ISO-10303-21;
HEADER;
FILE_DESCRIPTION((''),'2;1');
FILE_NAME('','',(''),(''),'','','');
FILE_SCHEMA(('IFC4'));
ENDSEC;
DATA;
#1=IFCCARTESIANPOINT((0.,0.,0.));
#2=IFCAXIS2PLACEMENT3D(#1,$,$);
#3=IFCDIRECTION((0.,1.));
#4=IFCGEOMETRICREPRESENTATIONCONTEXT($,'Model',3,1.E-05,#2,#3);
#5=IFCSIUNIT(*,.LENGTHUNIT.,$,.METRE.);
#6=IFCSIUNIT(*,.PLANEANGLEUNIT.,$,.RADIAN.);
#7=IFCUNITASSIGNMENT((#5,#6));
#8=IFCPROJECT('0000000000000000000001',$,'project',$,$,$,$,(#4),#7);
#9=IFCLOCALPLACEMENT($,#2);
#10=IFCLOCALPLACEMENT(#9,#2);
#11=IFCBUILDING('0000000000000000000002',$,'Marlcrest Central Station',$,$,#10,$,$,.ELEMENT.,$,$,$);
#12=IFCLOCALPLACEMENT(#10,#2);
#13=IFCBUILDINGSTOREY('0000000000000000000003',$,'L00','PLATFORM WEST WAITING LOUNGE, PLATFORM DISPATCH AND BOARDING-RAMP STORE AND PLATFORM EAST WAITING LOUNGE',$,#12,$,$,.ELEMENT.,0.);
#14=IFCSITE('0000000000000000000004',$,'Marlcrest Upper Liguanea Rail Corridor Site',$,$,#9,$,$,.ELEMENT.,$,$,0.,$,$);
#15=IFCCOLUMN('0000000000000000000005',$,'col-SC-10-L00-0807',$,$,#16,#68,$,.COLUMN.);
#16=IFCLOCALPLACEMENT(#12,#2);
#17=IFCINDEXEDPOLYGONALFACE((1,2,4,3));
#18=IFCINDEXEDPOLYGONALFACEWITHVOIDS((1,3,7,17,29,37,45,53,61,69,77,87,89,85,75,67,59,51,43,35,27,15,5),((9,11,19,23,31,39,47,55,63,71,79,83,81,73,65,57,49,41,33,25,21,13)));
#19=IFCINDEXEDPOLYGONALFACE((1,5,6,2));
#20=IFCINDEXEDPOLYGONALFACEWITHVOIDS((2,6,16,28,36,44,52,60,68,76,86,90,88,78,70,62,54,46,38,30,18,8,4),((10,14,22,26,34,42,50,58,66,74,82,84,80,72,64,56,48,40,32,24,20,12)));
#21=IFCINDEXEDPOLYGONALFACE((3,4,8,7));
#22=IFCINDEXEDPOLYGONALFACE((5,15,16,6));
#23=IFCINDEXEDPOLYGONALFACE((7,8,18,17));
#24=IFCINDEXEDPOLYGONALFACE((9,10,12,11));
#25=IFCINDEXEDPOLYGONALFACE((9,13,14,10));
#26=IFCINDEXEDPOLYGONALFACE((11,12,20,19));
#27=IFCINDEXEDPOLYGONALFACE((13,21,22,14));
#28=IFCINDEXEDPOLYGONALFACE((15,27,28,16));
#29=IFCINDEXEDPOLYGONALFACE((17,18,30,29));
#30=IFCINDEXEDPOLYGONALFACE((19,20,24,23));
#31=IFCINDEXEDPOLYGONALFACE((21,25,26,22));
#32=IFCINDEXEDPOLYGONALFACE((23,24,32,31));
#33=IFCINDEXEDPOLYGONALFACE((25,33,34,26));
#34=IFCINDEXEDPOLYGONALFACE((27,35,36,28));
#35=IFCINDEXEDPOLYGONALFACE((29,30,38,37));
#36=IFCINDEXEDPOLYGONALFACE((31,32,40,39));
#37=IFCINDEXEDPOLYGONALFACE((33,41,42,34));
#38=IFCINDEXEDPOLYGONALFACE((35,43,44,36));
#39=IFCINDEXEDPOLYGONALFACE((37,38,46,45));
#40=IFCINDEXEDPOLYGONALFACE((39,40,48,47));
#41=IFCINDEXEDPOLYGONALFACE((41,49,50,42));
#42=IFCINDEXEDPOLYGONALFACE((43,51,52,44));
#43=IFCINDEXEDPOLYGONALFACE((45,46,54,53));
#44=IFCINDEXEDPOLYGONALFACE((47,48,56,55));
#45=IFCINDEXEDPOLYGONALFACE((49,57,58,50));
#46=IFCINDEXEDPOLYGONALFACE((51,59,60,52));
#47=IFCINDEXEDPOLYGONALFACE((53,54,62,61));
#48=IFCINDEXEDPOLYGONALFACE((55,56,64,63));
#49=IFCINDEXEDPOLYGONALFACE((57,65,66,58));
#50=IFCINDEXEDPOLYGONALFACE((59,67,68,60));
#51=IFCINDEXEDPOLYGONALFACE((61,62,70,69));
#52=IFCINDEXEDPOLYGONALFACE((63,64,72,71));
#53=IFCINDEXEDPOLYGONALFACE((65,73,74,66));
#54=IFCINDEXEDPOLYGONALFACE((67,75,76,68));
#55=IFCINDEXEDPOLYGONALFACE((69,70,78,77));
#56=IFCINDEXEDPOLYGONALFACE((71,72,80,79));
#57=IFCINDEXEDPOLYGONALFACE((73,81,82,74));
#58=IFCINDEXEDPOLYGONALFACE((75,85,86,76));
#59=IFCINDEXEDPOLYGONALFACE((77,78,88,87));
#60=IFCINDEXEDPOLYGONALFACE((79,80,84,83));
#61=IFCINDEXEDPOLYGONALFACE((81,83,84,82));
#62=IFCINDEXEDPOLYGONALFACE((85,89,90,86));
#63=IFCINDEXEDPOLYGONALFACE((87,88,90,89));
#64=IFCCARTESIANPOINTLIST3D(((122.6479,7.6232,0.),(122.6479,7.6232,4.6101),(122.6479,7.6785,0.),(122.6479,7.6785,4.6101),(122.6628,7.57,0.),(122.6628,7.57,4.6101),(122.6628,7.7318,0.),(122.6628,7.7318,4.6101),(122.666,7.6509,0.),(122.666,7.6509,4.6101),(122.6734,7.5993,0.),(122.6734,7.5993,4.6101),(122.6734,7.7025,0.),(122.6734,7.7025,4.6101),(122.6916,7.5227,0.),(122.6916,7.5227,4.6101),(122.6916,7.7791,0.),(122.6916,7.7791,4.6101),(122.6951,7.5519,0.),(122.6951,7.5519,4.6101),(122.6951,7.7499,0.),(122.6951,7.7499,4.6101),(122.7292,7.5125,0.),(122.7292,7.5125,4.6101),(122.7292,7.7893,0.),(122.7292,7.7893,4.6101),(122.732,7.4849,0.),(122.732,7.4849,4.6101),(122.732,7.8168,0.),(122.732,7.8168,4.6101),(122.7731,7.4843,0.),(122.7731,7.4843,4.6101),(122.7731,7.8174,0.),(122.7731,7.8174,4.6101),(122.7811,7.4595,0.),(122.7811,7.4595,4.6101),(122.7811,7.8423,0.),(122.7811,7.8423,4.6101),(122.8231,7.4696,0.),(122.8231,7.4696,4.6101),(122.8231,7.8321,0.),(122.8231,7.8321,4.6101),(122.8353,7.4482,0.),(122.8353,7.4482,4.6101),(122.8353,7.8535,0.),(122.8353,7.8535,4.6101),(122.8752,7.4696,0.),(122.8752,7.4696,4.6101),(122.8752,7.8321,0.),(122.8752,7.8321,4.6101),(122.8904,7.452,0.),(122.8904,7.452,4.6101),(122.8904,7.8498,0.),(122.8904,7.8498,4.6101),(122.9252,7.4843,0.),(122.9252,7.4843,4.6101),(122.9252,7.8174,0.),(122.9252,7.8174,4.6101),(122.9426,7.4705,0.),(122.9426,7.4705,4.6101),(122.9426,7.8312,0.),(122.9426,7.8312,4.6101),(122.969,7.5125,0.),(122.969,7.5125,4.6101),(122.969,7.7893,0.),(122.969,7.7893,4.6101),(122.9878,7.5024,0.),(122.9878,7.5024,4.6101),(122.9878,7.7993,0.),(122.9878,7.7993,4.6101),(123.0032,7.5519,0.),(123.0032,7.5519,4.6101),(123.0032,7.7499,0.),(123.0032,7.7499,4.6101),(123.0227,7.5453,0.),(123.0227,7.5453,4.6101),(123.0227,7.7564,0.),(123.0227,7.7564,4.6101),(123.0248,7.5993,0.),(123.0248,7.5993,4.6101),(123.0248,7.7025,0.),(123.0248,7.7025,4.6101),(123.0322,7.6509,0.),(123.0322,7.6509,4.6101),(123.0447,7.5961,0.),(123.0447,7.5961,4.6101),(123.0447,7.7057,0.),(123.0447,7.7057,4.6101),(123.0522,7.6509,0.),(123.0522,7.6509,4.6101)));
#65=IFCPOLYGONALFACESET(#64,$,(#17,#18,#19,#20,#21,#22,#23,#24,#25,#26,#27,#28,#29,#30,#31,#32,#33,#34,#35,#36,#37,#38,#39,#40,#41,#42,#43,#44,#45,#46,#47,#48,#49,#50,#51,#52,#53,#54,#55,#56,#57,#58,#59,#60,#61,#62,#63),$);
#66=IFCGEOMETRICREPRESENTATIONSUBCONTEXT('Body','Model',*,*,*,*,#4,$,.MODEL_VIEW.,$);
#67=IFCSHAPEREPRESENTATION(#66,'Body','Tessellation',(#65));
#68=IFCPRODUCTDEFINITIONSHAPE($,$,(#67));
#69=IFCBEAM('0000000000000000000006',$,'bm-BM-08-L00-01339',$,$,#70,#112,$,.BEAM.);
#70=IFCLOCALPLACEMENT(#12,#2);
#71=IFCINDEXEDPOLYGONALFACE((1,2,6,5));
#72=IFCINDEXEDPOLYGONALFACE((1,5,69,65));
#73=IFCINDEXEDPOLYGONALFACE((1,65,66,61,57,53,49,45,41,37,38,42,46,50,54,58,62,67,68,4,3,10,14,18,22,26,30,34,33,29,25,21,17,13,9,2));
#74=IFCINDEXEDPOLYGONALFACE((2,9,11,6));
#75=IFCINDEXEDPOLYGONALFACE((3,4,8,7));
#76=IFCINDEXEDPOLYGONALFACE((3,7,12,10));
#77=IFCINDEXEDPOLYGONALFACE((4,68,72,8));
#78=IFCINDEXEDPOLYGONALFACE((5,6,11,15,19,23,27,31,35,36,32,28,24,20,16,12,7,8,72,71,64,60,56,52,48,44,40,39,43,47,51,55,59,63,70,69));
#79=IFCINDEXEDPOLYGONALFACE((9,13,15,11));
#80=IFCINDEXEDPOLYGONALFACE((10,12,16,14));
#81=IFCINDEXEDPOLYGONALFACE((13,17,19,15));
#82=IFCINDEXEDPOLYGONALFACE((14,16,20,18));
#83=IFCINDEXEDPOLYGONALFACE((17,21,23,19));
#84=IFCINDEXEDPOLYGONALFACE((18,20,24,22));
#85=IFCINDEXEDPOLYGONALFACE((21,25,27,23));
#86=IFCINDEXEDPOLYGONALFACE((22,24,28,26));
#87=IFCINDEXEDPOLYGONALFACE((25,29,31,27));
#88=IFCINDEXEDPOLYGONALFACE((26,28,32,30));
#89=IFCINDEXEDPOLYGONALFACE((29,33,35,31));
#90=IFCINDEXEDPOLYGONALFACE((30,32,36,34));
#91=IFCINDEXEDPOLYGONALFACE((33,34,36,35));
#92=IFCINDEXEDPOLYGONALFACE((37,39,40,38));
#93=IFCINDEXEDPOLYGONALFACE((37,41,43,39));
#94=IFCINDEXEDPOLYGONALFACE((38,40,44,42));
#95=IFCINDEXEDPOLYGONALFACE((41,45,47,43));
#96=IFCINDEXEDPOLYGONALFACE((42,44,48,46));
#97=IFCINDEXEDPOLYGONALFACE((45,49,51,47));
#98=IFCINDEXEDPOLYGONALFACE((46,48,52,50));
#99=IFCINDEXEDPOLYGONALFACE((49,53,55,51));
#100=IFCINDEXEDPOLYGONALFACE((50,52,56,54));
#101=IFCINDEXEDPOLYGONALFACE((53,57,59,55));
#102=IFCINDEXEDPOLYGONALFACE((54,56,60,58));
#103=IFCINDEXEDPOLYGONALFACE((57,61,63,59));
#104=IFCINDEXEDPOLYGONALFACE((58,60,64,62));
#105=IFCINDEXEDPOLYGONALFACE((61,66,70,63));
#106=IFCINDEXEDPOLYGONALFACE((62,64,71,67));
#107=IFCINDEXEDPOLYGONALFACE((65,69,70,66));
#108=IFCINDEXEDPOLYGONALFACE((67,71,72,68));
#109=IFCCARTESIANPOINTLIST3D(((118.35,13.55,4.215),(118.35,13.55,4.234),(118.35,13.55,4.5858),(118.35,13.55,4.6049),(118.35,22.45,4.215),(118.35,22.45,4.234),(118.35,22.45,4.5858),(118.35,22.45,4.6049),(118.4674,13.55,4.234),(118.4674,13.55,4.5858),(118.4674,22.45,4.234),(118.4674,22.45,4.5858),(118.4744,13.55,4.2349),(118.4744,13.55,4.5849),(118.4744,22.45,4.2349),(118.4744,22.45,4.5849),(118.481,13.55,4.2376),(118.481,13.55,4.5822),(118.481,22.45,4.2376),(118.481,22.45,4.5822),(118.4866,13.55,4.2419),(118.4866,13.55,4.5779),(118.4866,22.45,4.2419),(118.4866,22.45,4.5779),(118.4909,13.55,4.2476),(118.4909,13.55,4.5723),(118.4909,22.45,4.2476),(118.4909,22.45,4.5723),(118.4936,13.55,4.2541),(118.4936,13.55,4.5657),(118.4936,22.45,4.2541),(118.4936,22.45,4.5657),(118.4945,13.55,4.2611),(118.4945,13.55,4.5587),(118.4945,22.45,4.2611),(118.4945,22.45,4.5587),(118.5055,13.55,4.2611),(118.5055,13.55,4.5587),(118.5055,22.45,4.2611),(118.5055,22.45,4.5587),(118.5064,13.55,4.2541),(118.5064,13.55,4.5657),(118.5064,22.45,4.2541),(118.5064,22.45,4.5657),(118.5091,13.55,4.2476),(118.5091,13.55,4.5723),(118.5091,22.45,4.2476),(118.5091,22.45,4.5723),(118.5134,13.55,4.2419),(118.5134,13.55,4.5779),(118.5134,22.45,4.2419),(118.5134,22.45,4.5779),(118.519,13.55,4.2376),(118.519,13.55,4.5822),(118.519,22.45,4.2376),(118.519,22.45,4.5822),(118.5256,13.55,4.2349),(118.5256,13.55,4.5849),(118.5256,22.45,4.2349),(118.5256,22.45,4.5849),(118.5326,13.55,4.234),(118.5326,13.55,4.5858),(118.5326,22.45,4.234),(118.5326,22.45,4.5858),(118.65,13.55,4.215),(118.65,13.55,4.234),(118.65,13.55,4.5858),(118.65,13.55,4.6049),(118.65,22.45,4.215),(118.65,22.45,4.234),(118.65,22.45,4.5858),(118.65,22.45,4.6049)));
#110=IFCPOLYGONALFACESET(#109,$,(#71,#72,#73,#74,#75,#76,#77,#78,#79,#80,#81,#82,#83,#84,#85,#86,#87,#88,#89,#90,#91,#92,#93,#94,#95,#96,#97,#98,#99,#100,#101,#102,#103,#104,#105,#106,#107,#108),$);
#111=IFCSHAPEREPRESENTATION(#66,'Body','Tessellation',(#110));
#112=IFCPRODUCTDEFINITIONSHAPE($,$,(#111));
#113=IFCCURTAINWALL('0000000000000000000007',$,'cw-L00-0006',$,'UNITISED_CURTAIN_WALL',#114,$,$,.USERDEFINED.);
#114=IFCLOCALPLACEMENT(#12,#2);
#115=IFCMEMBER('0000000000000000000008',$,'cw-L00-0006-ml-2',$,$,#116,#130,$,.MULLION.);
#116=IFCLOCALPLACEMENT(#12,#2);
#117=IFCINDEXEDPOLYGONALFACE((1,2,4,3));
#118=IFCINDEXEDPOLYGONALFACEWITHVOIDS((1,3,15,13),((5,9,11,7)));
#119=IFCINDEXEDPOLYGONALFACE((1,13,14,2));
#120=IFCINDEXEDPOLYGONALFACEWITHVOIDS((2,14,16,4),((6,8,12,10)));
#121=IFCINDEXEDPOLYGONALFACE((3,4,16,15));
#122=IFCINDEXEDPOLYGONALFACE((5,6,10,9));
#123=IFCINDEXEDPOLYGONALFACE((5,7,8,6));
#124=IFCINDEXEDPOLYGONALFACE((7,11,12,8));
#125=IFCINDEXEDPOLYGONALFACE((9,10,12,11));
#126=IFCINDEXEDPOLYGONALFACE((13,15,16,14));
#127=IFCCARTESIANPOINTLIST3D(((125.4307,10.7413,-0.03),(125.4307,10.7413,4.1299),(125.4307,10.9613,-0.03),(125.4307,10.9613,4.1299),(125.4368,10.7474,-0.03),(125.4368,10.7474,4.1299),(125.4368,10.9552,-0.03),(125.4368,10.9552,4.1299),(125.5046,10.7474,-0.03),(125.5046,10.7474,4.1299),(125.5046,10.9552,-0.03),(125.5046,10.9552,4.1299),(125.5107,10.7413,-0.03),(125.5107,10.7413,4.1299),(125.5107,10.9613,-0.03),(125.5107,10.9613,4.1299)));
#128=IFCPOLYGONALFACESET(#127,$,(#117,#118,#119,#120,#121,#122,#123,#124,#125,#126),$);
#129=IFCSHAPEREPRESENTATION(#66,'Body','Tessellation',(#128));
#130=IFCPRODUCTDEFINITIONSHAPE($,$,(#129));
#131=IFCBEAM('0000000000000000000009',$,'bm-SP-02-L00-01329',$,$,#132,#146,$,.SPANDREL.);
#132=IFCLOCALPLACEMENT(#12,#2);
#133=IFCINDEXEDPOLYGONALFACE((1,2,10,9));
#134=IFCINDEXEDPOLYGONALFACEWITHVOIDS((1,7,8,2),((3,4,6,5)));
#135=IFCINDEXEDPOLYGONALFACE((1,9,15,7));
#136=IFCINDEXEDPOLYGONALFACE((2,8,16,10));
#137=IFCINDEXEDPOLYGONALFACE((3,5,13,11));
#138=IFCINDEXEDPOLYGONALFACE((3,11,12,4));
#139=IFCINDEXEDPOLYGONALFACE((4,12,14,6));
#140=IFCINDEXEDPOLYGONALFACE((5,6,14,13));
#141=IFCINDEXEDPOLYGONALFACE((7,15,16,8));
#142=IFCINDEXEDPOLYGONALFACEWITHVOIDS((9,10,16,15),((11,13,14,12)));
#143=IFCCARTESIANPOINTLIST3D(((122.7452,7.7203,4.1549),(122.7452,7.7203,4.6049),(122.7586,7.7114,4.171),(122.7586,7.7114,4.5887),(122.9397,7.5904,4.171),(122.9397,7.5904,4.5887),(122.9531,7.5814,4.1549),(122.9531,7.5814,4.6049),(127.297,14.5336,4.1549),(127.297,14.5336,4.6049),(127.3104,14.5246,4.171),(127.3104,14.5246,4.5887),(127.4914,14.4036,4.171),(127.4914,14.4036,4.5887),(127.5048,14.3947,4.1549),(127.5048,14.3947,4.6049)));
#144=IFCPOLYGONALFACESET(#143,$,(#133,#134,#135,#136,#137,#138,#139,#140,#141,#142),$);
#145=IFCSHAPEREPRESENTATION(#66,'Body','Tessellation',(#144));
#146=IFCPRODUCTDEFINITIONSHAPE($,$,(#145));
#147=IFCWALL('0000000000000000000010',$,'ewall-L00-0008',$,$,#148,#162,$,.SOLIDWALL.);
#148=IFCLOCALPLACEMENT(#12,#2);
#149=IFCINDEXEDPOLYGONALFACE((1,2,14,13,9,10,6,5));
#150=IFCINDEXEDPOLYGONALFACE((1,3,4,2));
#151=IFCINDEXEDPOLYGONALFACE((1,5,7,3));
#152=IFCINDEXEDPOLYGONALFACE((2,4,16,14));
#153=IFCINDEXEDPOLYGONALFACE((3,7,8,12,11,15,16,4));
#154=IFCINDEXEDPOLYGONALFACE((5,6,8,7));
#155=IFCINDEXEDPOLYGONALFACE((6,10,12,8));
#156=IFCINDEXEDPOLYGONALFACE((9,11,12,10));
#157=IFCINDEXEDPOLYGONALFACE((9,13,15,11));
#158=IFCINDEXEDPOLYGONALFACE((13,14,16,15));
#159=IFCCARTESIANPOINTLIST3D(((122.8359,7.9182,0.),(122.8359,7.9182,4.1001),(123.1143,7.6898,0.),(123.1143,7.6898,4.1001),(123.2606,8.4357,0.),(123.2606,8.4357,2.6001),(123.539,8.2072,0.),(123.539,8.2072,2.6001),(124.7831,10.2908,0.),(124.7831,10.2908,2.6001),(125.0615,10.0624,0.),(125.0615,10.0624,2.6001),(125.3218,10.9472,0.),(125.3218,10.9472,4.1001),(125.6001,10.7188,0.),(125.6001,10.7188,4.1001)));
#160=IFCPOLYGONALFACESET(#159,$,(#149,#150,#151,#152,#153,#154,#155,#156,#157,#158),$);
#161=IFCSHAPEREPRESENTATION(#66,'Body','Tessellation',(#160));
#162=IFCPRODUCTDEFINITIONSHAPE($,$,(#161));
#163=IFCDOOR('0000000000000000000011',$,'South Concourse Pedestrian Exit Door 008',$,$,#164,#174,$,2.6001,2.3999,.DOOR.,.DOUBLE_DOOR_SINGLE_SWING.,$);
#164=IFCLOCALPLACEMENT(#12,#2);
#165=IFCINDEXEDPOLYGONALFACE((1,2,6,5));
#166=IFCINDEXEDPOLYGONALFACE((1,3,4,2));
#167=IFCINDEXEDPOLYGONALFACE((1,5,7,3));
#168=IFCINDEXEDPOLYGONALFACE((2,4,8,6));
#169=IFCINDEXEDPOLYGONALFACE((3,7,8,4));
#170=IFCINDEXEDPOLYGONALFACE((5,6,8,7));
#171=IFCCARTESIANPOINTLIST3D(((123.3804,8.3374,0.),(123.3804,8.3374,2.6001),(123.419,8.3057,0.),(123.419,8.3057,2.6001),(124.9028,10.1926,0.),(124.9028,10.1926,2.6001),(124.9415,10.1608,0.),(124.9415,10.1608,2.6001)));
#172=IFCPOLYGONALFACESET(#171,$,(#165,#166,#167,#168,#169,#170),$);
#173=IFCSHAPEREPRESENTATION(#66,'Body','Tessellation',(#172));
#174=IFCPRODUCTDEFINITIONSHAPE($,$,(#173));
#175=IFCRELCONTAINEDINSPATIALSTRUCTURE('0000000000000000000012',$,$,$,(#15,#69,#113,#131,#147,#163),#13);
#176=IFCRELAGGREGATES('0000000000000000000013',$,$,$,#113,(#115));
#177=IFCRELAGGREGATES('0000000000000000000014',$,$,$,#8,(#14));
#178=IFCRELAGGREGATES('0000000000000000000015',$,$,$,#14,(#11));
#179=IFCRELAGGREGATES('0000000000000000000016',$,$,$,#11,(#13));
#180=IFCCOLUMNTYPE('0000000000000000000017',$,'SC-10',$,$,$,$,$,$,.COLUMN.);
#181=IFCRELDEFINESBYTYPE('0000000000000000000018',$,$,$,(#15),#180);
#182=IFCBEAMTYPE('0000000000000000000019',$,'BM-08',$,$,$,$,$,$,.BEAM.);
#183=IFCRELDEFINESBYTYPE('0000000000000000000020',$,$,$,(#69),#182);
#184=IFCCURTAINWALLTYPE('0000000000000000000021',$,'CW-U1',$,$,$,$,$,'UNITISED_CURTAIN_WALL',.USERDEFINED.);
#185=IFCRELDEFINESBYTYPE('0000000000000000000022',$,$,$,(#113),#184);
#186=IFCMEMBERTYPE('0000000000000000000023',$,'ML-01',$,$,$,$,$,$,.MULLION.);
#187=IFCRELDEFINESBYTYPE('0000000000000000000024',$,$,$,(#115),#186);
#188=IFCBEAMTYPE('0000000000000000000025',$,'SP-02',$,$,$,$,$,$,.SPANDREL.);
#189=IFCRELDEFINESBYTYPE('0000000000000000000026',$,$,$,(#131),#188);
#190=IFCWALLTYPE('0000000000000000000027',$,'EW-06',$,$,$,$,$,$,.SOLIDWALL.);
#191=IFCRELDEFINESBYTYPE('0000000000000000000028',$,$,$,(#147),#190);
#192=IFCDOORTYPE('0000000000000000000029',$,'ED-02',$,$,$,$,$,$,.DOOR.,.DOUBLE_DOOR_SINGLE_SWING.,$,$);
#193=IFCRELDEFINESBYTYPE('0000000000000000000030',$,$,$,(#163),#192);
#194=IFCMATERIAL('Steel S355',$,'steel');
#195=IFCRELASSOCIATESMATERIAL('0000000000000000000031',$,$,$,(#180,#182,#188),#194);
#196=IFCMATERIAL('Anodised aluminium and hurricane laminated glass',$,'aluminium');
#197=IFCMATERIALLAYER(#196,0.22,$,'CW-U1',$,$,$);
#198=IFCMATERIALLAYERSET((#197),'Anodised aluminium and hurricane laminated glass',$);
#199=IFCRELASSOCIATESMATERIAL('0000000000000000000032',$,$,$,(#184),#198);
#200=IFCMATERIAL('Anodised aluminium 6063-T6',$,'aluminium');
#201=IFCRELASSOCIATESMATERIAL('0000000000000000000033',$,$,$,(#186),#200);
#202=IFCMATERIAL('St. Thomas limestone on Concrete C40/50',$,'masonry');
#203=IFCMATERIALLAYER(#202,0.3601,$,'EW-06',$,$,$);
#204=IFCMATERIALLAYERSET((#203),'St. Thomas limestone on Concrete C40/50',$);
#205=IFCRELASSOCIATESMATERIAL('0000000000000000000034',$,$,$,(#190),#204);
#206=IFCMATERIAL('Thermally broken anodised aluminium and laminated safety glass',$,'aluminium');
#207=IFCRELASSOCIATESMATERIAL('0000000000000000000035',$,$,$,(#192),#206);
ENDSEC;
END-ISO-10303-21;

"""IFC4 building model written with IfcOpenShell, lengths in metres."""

from ifc_helpers import new_model, si_unit, direction, frame, frame_2d, origin, origin_2d, place, context, subcontext, project, spatial, rectangle, hollow_rectangle, hollow_circle, i_section, extrude, material, layer, layer_set, material_profile, profile_set, type_object, element, fill, aggregate, save


model = new_model("IFC4")

# Units and contexts
model_context = context("Model", 3, precision=1e-05, world=origin(), true_north=direction((0.0, 1.0)))
body_context = subcontext(model_context, "Body", "Model", "MODEL_VIEW")
ifc_project = project(units=[si_unit("LENGTHUNIT", "METRE"), si_unit("PLANEANGLEUNIT", "RADIAN")], contexts=[model_context])

# Site, building, storey
site_placement = place(None, origin())
site = spatial("IfcSite", under=ifc_project, at=site_placement, Name="Marlcrest Upper Liguanea Rail Corridor Site", CompositionType="ELEMENT", RefElevation=0.0)
building_placement = place(site_placement, origin())
building = spatial("IfcBuilding", under=site, at=building_placement, Name="Marlcrest Central Station", CompositionType="ELEMENT")
storey_placement = place(building_placement, origin())
storey = spatial("IfcBuildingStorey", under=building, at=storey_placement, Name="L00", Description="PLATFORM WEST WAITING LOUNGE, PLATFORM DISPATCH AND BOARDING-RAMP STORE AND PLATFORM EAST WAITING LOUNGE", CompositionType="ELEMENT", Elevation=0.0)

# Column
ifc_material_1 = material(Name="Steel S355", Category="steel")
ifc_material_profile_1 = material_profile(ifc_material_1, hollow_circle(Radius=0.2031, WallThickness=0.02, at=origin_2d()), Name="CHS 406.4x20")
ifc_profile_set_1 = profile_set([ifc_material_profile_1], Name="Steel S355")
column_type_1 = type_object("IfcColumnType", Name="SC-10", PredefinedType="COLUMN", material=ifc_profile_set_1)
column_1_placement = place(storey_placement, frame((122.8491, 7.6509, 0.0), z_axis=(0.0, 0.0, 1.0), x_axis=(1.0, 0.0, 0.0)))
element("IfcColumn", 1, at=column_1_placement, inside=storey, type_object=column_type_1, Name="col-SC-10-L00-0807", PredefinedType="COLUMN", context=body_context, shape_type="SweptSolid", body=[
    extrude(hollow_circle(Radius=0.2031, WallThickness=0.02, at=origin_2d()), origin(), (0.0, 0.0, 1.0), 4.6101),
])

# Beam
ifc_material_profile_2 = material_profile(ifc_material_1, i_section(OverallWidth=0.3, OverallDepth=0.3899, WebThickness=0.011, FlangeThickness=0.019, FilletRadius=0.0271, at=origin_2d()), Name="HEA 400")
ifc_profile_set_2 = profile_set([ifc_material_profile_2], Name="Steel S355")
beam_type_1 = type_object("IfcBeamType", Name="BM-08", PredefinedType="BEAM", material=ifc_profile_set_2)
beam_1_placement = place(storey_placement, frame((118.5, 13.55, 4.4099), z_axis=(0.0, 1.0, 0.0), x_axis=(-1.0, 0.0, 0.0)))
element("IfcBeam", 2, at=beam_1_placement, inside=storey, type_object=beam_type_1, Name="bm-BM-08-L00-01339", PredefinedType="BEAM", context=body_context, shape_type="SweptSolid", body=[
    extrude(i_section(OverallWidth=0.3, OverallDepth=0.3899, WebThickness=0.011, FlangeThickness=0.019, FilletRadius=0.0271, at=origin_2d()), origin(), (0.0, 0.0, 1.0), 8.8999),
])

# Curtain wall, member
ifc_material_2 = material(Name="Anodised aluminium and hurricane laminated glass", Category="aluminium")
ifc_layer_1 = layer(ifc_material_2, 0.22, Name="CW-U1")
ifc_layer_set_1 = layer_set([ifc_layer_1], Name="Anodised aluminium and hurricane laminated glass")
curtain_wall_type = type_object("IfcCurtainWallType", Name="CW-U1", ElementType="UNITISED_CURTAIN_WALL", PredefinedType="USERDEFINED", material=ifc_layer_set_1)
curtain_wall_placement = place(storey_placement, origin())
curtain_wall = element("IfcCurtainWall", 3, at=curtain_wall_placement, inside=storey, type_object=curtain_wall_type, Name="cw-L00-0006", ObjectType="UNITISED_CURTAIN_WALL", PredefinedType="USERDEFINED")
ifc_material_3 = material(Name="Anodised aluminium 6063-T6", Category="aluminium")
ifc_material_profile_3 = material_profile(ifc_material_3, hollow_rectangle(XDim=0.0801, YDim=0.22, WallThickness=0.0061, at=origin_2d()), Name="AA-RHS 220x80x6")
ifc_profile_set_3 = profile_set([ifc_material_profile_3], Name="Anodised aluminium 6063-T6")
member_type = type_object("IfcMemberType", Name="ML-01", PredefinedType="MULLION", material=ifc_profile_set_3)
member_placement = place(storey_placement, frame((125.4707, 10.8513, -0.03), z_axis=(0.0, 0.0, 1.0), x_axis=(1.0, 0.0, 0.0)))
member = element("IfcMember", 4, at=member_placement, type_object=member_type, Name="cw-L00-0006-ml-2", PredefinedType="MULLION", context=body_context, shape_type="SweptSolid", body=[
    extrude(hollow_rectangle(XDim=0.0801, YDim=0.22, WallThickness=0.0061, at=origin_2d()), origin(), (0.0, 0.0, 1.0), 4.1599),
])
aggregate(curtain_wall, [member])

# Beam
ifc_material_profile_4 = material_profile(ifc_material_1, hollow_rectangle(XDim=0.25, YDim=0.45, WallThickness=0.0161, at=origin_2d()), Name="RHS 450x250x16")
ifc_profile_set_4 = profile_set([ifc_material_profile_4], Name="Steel S355")
beam_type_2 = type_object("IfcBeamType", Name="SP-02", PredefinedType="SPANDREL", material=ifc_profile_set_4)
beam_2_placement = place(storey_placement, frame((122.8491, 7.6509, 4.3799), z_axis=(0.555511, 0.831509, 0.0), x_axis=(-0.831509, 0.555511, 0.0)))
element("IfcBeam", 5, at=beam_2_placement, inside=storey, type_object=beam_type_2, Name="bm-SP-02-L00-01329", PredefinedType="SPANDREL", context=body_context, shape_type="SweptSolid", body=[
    extrude(hollow_rectangle(XDim=0.25, YDim=0.45, WallThickness=0.0161, at=origin_2d()), origin(), (0.0, 0.0, 1.0), 8.1938),
])

# Wall, opening, door
ifc_material_4 = material(Name="St. Thomas limestone on Concrete C40/50", Category="masonry")
ifc_layer_2 = layer(ifc_material_4, 0.3601, Name="EW-06")
ifc_layer_set_2 = layer_set([ifc_layer_2], Name="St. Thomas limestone on Concrete C40/50")
wall_type_1 = type_object("IfcWallType", Name="EW-06", PredefinedType="SOLIDWALL", material=ifc_layer_set_2)
wall_1_placement = place(storey_placement, frame((125.4609, 10.833, 0.0), z_axis=(0.0, 0.0, 1.0), x_axis=(-0.634387, -0.773015, 0.0)))
wall_1 = element("IfcWall", 6, at=wall_1_placement, inside=storey, type_object=wall_type_1, Name="ewall-L00-0008", PredefinedType="SOLIDWALL", context=body_context, shape_type="SweptSolid", body=[
    extrude(rectangle(XDim=3.9185, YDim=0.3601, at=frame_2d((1.9592, 0.0))), origin(), (0.0, 0.0, 1.0), 4.1001),
])
opening_placement = place(wall_1_placement, frame((0.8491, 0.0, 0.0)))
opening = element("IfcOpeningElement", 7, at=opening_placement, cuts=wall_1, PredefinedType="OPENING", context=body_context, shape_type="SweptSolid", body=[
    extrude(rectangle(XDim=2.3999, YDim=2.6001, at=frame_2d((1.2, 1.3))), frame((0.0, 0.1899, 0.0), z_axis=(0.0, -1.0, 0.0), x_axis=(1.0, 0.0, 0.0)), (0.0, 0.0, 1.0), 0.3801),
])
ifc_material_5 = material(Name="Thermally broken anodised aluminium and laminated safety glass", Category="aluminium")
door_type = type_object("IfcDoorType", Name="ED-02", OperationType="DOUBLE_DOOR_SINGLE_SWING", PredefinedType="DOOR", material=ifc_material_5)
door_placement = place(opening_placement, origin())
door = element("IfcDoor", 8, at=door_placement, inside=storey, type_object=door_type, Name="South Concourse Pedestrian Exit Door 008", OperationType="DOUBLE_DOOR_SINGLE_SWING", OverallHeight=2.6001, OverallWidth=2.3999, PredefinedType="DOOR", context=body_context, shape_type="SweptSolid", body=[
    extrude(rectangle(XDim=2.3999, YDim=2.6001, at=frame_2d((1.2, 1.3))), frame((0.0, 0.0249, 0.0), z_axis=(0.0, -1.0, 0.0), x_axis=(1.0, 0.0, 0.0)), (0.0, 0.0, 1.0), 0.05),
])
fill(opening, door)

save(model, "model.ifc")
